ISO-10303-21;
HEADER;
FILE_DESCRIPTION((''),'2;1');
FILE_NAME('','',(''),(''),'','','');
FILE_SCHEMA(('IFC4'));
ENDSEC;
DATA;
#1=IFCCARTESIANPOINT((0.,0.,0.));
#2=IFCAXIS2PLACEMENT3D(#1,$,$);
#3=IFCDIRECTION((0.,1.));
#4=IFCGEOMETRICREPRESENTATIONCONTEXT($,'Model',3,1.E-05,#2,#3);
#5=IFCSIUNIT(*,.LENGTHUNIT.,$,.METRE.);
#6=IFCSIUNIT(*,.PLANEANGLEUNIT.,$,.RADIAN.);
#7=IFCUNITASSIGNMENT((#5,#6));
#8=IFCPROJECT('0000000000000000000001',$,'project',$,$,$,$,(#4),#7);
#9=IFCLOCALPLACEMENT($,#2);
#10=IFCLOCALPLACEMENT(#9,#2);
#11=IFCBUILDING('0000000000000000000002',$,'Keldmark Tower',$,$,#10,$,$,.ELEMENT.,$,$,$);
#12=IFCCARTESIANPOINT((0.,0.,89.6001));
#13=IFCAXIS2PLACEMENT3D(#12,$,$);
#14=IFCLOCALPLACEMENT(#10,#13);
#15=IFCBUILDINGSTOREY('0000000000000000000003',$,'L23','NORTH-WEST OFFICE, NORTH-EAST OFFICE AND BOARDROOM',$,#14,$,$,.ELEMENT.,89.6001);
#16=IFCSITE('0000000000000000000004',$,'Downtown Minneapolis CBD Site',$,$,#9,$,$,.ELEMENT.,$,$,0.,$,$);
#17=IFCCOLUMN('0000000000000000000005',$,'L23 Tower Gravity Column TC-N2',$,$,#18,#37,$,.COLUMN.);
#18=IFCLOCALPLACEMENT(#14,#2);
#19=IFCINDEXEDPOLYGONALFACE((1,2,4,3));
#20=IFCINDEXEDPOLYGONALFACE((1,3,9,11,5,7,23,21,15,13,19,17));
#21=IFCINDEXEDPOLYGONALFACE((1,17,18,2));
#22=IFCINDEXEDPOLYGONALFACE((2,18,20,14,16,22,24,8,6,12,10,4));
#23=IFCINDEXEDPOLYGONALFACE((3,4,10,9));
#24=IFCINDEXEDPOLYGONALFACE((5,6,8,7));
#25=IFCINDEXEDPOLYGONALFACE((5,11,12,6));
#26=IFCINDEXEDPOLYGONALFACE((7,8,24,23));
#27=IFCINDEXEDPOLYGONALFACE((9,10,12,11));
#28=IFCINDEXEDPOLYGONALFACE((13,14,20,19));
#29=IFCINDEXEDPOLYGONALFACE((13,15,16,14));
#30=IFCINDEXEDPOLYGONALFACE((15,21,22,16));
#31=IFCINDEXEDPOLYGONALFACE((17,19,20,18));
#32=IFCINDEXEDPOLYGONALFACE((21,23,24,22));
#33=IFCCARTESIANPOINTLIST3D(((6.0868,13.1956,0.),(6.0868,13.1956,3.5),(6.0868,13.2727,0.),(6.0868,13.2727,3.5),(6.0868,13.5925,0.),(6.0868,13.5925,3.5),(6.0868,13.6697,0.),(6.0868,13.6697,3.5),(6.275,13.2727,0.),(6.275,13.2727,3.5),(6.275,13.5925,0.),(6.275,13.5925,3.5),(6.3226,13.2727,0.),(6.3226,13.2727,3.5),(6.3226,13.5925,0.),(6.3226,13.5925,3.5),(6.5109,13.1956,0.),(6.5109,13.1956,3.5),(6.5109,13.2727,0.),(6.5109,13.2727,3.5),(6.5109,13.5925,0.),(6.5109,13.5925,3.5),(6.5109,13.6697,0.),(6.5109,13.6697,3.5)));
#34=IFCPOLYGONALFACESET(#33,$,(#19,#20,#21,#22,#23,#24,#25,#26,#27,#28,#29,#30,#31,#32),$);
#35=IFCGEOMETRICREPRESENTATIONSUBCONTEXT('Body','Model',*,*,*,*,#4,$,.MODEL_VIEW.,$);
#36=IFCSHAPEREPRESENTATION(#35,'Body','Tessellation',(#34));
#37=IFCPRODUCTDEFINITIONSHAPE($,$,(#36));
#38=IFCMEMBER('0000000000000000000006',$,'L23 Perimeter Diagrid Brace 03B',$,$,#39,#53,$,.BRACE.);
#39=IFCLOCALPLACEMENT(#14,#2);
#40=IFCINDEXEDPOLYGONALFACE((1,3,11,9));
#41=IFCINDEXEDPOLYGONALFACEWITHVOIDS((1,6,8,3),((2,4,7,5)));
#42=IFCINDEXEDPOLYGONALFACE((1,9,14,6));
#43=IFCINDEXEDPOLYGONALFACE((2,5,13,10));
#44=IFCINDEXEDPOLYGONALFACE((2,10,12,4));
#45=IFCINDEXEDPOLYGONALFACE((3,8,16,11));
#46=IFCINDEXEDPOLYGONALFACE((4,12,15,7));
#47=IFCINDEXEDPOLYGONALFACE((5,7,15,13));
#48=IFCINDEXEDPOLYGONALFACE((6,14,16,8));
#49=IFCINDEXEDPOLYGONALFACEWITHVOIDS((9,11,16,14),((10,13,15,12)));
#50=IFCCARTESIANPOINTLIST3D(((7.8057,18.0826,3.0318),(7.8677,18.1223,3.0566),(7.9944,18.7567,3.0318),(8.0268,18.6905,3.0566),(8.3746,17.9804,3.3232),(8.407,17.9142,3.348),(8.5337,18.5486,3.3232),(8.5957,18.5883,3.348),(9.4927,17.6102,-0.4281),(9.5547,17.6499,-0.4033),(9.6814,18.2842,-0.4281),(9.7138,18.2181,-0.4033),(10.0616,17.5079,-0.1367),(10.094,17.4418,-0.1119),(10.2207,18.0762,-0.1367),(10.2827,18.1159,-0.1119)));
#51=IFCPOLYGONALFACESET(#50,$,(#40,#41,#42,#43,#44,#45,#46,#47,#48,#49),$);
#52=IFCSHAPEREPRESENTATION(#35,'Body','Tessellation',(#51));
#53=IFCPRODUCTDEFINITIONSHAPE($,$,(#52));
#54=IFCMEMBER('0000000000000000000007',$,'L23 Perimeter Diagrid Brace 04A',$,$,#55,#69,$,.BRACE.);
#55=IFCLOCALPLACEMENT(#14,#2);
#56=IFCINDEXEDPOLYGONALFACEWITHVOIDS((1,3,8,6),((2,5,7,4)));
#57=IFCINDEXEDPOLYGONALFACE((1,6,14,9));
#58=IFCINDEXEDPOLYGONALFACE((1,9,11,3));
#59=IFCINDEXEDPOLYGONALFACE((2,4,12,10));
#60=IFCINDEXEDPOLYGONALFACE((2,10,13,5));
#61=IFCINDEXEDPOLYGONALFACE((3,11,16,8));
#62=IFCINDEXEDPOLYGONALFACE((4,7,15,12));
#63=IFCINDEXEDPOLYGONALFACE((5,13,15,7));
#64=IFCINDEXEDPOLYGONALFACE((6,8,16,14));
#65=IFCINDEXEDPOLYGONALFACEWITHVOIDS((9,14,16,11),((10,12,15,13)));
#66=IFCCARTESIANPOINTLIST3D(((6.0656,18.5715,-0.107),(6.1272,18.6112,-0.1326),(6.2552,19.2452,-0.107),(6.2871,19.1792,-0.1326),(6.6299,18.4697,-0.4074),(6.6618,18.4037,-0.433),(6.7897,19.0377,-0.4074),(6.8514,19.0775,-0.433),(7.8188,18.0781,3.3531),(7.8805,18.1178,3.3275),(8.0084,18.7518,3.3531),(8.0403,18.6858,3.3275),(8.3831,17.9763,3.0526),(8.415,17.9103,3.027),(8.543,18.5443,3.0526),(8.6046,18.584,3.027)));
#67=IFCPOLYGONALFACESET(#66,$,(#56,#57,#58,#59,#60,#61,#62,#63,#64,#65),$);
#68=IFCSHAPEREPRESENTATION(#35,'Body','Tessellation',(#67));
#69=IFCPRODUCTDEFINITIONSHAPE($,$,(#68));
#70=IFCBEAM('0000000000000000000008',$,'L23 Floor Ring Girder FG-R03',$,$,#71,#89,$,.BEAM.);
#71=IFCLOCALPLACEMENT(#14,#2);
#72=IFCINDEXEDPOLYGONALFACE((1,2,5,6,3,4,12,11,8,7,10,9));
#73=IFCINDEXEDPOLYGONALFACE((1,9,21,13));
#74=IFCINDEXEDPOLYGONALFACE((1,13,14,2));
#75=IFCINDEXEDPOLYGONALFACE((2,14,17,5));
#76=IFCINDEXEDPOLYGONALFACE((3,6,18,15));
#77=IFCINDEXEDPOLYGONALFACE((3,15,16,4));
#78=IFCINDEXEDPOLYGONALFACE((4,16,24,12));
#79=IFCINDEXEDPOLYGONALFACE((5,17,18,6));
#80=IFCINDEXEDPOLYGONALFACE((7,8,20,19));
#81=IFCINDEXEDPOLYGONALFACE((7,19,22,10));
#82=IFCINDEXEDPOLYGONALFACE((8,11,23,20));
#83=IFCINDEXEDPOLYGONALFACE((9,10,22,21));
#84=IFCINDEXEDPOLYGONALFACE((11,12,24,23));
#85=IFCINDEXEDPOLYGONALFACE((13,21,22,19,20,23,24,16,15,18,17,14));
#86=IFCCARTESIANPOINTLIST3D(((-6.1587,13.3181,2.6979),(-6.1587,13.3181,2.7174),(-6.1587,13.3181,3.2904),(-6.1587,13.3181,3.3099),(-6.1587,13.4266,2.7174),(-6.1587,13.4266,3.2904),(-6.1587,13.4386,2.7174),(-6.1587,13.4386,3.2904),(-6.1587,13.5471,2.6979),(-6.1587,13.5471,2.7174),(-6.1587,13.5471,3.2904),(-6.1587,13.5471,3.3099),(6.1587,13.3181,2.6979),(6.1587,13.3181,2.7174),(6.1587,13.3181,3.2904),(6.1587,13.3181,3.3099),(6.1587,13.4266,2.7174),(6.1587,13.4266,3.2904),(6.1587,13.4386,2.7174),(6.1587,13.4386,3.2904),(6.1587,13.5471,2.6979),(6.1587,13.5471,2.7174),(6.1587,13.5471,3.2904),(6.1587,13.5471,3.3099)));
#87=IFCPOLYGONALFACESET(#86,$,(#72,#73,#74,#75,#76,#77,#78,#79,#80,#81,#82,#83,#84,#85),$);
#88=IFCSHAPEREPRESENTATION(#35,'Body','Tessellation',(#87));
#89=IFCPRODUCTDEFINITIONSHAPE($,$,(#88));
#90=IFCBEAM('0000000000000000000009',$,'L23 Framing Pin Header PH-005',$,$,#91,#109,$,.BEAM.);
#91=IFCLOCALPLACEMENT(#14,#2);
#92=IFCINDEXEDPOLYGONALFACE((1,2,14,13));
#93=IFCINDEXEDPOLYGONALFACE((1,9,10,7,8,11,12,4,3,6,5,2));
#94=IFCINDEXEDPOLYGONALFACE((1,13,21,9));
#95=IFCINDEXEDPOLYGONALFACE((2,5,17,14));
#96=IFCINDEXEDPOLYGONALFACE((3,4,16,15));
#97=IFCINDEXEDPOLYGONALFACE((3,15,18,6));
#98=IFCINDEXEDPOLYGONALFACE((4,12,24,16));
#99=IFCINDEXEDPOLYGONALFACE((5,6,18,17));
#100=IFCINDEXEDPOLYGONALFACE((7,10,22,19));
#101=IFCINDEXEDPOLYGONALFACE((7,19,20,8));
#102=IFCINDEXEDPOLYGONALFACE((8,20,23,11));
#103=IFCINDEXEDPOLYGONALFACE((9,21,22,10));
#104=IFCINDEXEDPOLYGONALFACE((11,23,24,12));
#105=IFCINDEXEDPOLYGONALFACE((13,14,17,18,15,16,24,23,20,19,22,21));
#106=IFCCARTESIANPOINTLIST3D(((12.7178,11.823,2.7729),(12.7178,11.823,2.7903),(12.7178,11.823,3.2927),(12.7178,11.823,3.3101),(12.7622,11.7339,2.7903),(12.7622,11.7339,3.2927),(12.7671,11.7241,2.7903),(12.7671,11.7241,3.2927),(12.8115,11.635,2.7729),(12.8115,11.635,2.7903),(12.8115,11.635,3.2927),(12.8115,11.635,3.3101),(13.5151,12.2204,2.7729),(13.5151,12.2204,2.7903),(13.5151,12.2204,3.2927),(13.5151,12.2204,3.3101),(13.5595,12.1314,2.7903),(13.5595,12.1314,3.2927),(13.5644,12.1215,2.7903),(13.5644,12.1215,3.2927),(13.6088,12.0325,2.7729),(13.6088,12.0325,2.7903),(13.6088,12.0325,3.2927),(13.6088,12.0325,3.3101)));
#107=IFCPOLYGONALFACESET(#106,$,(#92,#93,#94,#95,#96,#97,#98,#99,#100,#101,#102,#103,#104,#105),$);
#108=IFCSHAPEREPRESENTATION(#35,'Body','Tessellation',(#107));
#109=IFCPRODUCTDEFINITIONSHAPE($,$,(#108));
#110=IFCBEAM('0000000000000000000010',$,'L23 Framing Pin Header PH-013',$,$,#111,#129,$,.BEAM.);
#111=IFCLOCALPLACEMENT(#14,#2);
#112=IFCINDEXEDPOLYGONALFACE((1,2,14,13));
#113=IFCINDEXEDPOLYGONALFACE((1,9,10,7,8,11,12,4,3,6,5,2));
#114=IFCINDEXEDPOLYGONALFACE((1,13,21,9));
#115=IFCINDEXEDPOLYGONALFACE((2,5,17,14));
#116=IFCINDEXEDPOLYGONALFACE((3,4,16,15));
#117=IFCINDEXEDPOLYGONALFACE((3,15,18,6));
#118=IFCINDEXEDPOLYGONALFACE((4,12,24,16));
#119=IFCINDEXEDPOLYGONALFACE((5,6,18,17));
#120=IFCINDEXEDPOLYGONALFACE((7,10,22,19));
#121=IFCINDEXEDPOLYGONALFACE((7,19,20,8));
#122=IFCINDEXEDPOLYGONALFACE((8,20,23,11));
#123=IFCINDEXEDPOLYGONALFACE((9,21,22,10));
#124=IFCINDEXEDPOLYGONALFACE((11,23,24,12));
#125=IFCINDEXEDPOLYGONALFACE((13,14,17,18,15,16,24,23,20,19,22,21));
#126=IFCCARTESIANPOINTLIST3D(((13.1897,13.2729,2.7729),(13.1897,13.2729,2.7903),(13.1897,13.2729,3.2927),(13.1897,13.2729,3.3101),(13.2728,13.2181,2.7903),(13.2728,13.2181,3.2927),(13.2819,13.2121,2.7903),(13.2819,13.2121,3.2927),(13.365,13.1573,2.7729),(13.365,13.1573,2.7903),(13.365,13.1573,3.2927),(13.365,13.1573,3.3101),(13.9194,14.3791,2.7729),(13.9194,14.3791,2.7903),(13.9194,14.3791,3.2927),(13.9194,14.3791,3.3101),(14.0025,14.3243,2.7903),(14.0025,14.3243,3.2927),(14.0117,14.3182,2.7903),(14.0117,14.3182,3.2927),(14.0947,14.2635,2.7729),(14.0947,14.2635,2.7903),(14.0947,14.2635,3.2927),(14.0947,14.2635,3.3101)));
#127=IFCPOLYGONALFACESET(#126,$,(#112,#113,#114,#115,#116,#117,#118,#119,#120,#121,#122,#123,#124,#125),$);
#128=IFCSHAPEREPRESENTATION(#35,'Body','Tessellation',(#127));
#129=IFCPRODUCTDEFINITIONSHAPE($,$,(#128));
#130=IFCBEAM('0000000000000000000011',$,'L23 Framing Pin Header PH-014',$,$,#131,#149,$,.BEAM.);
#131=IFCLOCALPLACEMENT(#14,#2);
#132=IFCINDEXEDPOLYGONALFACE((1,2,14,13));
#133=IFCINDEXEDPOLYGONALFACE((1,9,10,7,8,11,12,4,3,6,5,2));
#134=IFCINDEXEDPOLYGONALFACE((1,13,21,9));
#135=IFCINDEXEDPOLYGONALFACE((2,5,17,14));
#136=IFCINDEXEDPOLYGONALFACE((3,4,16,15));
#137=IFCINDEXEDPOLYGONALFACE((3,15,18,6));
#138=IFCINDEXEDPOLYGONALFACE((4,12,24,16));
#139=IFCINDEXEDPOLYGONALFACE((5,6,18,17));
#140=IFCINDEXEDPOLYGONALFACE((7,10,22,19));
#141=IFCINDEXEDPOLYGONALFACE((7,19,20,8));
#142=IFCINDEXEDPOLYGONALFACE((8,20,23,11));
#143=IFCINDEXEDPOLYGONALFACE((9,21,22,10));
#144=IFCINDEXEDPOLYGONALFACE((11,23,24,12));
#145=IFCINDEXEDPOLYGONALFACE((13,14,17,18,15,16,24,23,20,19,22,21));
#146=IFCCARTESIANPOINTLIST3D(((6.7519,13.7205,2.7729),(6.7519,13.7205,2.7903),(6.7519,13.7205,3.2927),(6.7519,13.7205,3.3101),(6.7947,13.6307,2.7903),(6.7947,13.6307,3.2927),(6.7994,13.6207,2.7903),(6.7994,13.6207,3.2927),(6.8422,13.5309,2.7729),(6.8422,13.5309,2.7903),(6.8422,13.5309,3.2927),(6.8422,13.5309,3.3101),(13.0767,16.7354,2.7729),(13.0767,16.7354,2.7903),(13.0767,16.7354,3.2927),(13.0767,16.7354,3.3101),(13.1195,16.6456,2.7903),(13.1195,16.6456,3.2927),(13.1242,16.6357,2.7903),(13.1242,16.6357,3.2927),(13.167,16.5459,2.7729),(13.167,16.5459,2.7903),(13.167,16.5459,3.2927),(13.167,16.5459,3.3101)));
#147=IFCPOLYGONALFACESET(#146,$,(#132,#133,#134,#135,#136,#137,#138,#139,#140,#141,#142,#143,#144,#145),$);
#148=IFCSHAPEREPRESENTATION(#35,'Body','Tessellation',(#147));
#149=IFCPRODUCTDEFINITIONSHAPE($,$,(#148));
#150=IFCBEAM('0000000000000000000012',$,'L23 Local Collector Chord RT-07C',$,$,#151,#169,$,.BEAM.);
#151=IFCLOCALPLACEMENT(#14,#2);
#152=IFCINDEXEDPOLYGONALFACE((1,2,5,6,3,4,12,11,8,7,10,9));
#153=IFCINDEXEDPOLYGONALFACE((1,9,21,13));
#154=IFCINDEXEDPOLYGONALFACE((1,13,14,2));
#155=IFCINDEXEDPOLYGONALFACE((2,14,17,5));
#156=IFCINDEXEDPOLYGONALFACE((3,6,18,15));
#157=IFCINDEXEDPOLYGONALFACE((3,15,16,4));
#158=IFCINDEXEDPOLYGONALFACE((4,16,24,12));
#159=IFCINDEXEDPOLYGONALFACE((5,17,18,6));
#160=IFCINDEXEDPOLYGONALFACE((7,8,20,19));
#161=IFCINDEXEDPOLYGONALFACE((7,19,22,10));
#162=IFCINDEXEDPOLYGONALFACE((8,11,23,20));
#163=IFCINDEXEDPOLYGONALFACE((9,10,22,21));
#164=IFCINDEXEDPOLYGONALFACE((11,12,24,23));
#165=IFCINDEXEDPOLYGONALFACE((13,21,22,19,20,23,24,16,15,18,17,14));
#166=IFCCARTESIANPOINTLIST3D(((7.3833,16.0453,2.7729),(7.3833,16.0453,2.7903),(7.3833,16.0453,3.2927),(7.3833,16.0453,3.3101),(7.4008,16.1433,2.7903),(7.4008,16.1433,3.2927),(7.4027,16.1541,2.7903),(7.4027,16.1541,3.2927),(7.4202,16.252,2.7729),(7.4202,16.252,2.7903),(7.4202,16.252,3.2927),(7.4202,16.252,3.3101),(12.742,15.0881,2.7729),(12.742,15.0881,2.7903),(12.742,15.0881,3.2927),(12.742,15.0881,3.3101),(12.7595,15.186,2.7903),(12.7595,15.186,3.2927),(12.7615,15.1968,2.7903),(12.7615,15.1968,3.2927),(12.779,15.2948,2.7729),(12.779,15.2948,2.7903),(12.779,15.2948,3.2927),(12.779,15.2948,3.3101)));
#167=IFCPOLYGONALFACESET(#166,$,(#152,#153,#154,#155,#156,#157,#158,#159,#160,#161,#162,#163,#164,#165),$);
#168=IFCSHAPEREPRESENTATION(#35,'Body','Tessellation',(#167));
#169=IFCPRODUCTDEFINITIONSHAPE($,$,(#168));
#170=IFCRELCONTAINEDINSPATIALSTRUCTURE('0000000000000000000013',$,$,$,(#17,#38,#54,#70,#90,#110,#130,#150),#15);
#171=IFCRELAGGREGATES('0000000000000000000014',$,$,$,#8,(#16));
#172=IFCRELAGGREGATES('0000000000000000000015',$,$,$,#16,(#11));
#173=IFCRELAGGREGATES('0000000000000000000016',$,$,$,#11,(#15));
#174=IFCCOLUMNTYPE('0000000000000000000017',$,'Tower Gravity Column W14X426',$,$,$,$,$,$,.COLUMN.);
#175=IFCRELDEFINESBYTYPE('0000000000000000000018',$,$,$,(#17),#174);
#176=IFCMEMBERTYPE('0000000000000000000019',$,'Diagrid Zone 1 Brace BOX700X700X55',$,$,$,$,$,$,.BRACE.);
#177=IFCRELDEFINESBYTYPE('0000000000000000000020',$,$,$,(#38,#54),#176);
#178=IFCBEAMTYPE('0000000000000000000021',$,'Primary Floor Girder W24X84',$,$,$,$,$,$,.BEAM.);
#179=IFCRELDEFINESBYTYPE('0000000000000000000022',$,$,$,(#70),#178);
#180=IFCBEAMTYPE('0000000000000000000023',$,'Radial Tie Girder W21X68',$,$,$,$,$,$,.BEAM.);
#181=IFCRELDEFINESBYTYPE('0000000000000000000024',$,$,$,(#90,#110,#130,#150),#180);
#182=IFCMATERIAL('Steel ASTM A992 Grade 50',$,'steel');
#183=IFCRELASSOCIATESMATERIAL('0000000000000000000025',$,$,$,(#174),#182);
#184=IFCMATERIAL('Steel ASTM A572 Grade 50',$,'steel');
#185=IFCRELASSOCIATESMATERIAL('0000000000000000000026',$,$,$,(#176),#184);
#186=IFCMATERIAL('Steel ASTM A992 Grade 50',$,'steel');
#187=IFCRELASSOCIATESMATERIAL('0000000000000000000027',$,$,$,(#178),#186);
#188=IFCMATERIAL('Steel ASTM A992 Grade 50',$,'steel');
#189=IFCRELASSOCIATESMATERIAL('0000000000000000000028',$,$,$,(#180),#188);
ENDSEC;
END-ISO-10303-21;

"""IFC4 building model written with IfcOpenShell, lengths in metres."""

from ifc_helpers import new_model, si_unit, direction, frame, origin, origin_2d, place, context, subcontext, project, spatial, hollow_rectangle, i_section, extrude, material, material_profile, profile_set, type_object, element, save


model = new_model("IFC4")

# Units and contexts
model_context = context("Model", 3, precision=1e-05, world=origin(), true_north=direction((0.0, 1.0)))
body_context = subcontext(model_context, "Body", "Model", "MODEL_VIEW")
ifc_project = project(units=[si_unit("LENGTHUNIT", "METRE"), si_unit("PLANEANGLEUNIT", "RADIAN")], contexts=[model_context])

# Site, building, storey
site_placement = place(None, origin())
site = spatial("IfcSite", under=ifc_project, at=site_placement, Name="Downtown Minneapolis CBD Site", CompositionType="ELEMENT", RefElevation=0.0)
building_placement = place(site_placement, origin())
building = spatial("IfcBuilding", under=site, at=building_placement, Name="Keldmark Tower", CompositionType="ELEMENT")
storey_placement = place(building_placement, frame((0.0, 0.0, 89.6001)))
storey = spatial("IfcBuildingStorey", under=building, at=storey_placement, Name="L23", Description="NORTH-WEST OFFICE, NORTH-EAST OFFICE AND BOARDROOM", CompositionType="ELEMENT", Elevation=89.6001)

# Column
ifc_material_1 = material(Name="Steel ASTM A992 Grade 50", Category="steel")
ifc_material_profile_1 = material_profile(ifc_material_1, i_section(OverallWidth=0.4241, OverallDepth=0.4741, WebThickness=0.0476, FlangeThickness=0.0771, at=origin_2d()), Name="W14X426")
ifc_profile_set_1 = profile_set([ifc_material_profile_1], Name="Steel ASTM A992 Grade 50")
column_type = type_object("IfcColumnType", Name="Tower Gravity Column W14X426", PredefinedType="COLUMN", material=ifc_profile_set_1)
column_placement = place(storey_placement, frame((6.2988, 13.4326, 0.0), z_axis=(0.0, 0.0, 1.0), x_axis=(1.0, 0.0, 0.0)))
element("IfcColumn", 1, at=column_placement, inside=storey, type_object=column_type, Name="L23 Tower Gravity Column TC-N2", PredefinedType="COLUMN", context=body_context, shape_type="SweptSolid", body=[
    extrude(i_section(OverallWidth=0.4241, OverallDepth=0.4741, WebThickness=0.0476, FlangeThickness=0.0771, at=origin_2d()), origin(), (0.0, 0.0, 1.0), 3.5),
])

# Members
ifc_material_2 = material(Name="Steel ASTM A572 Grade 50", Category="steel")
ifc_material_profile_2 = material_profile(ifc_material_2, hollow_rectangle(XDim=0.7, YDim=0.7, WallThickness=0.0549, at=origin_2d()), Name="BOX700X700X55")
ifc_profile_set_2 = profile_set([ifc_material_profile_2], Name="Steel ASTM A572 Grade 50")
member_type = type_object("IfcMemberType", Name="Diagrid Zone 1 Brace BOX700X700X55", PredefinedType="BRACE", material=ifc_profile_set_2)
member_1_placement = place(storey_placement, frame((9.8877, 17.863, -0.27), z_axis=(-0.434998, 0.121812, 0.892154), x_axis=(-0.269656, -0.962957, 0.0)))
element("IfcMember", 2, at=member_1_placement, inside=storey, type_object=member_type, Name="L23 Perimeter Diagrid Brace 03B", PredefinedType="BRACE", context=body_context, shape_type="SweptSolid", body=[
    extrude(hollow_rectangle(XDim=0.7, YDim=0.7, WallThickness=0.0549, at=origin_2d()), origin(), (0.0, 0.0, 1.0), 3.8782),
])
member_2_placement = place(storey_placement, frame((6.4585, 18.8245, -0.27), z_axis=(0.448378, -0.12619, 0.884892), x_axis=(0.270912, 0.962604, 0.0)))
element("IfcMember", 3, at=member_2_placement, inside=storey, type_object=member_type, Name="L23 Perimeter Diagrid Brace 04A", PredefinedType="BRACE", context=body_context, shape_type="SweptSolid", body=[
    extrude(hollow_rectangle(XDim=0.7, YDim=0.7, WallThickness=0.0549, at=origin_2d()), origin(), (0.0, 0.0, 1.0), 3.9102),
])

# Beams
ifc_material_3 = material(Name="Steel ASTM A992 Grade 50", Category="steel")
ifc_material_profile_3 = material_profile(ifc_material_3, i_section(OverallWidth=0.229, OverallDepth=0.6121, WebThickness=0.012, FlangeThickness=0.0195, at=origin_2d()), Name="W24X84")
ifc_profile_set_3 = profile_set([ifc_material_profile_3], Name="Steel ASTM A992 Grade 50")
beam_type_1 = type_object("IfcBeamType", Name="Primary Floor Girder W24X84", PredefinedType="BEAM", material=ifc_profile_set_3)
beam_1_placement = place(storey_placement, frame((6.1587, 13.4326, 3.0039), z_axis=(-1.0, 0.0, 0.0), x_axis=(0.0, -1.0, 0.0)))
element("IfcBeam", 4, at=beam_1_placement, inside=storey, type_object=beam_type_1, Name="L23 Floor Ring Girder FG-R03", PredefinedType="BEAM", context=body_context, shape_type="SweptSolid", body=[
    extrude(i_section(OverallWidth=0.229, OverallDepth=0.6121, WebThickness=0.012, FlangeThickness=0.0195, at=origin_2d()), origin(), (0.0, 0.0, 1.0), 12.3174),
])
ifc_material_4 = material(Name="Steel ASTM A992 Grade 50", Category="steel")
ifc_material_profile_4 = material_profile(ifc_material_4, i_section(OverallWidth=0.21, OverallDepth=0.5371, WebThickness=0.011, FlangeThickness=0.0173, at=origin_2d()), Name="W21X68")
ifc_profile_set_4 = profile_set([ifc_material_profile_4], Name="Steel ASTM A992 Grade 50")
beam_type_2 = type_object("IfcBeamType", Name="Radial Tie Girder W21X68", PredefinedType="BEAM", material=ifc_profile_set_4)
beam_2_placement = place(storey_placement, frame((12.7646, 11.729, 3.0415), z_axis=(0.894975, 0.446117, 0.0), x_axis=(-0.446117, 0.894975, 0.0)))
element("IfcBeam", 5, at=beam_2_placement, inside=storey, type_object=beam_type_2, Name="L23 Framing Pin Header PH-005", PredefinedType="BEAM", context=body_context, shape_type="SweptSolid", body=[
    extrude(i_section(OverallWidth=0.21, OverallDepth=0.5371, WebThickness=0.011, FlangeThickness=0.0173, at=origin_2d()), origin(), (0.0, 0.0, 1.0), 0.8909),
])
beam_3_placement = place(storey_placement, frame((13.2773, 13.2151, 3.0415), z_axis=(0.550655, 0.834733, 0.0), x_axis=(-0.834733, 0.550655, 0.0)))
element("IfcBeam", 6, at=beam_3_placement, inside=storey, type_object=beam_type_2, Name="L23 Framing Pin Header PH-013", PredefinedType="BEAM", context=body_context, shape_type="SweptSolid", body=[
    extrude(i_section(OverallWidth=0.21, OverallDepth=0.5371, WebThickness=0.011, FlangeThickness=0.0173, at=origin_2d()), origin(), (0.0, 0.0, 1.0), 1.3252),
])
beam_4_placement = place(storey_placement, frame((13.1218, 16.6406, 3.0415), z_axis=(-0.902687, -0.430297, 0.0), x_axis=(0.430297, -0.902687, 0.0)))
element("IfcBeam", 7, at=beam_4_placement, inside=storey, type_object=beam_type_2, Name="L23 Framing Pin Header PH-014", PredefinedType="BEAM", context=body_context, shape_type="SweptSolid", body=[
    extrude(i_section(OverallWidth=0.21, OverallDepth=0.5371, WebThickness=0.011, FlangeThickness=0.0173, at=origin_2d()), origin(), (0.0, 0.0, 1.0), 7.0066),
])
beam_5_placement = place(storey_placement, frame((12.7605, 15.1914, 3.0415), z_axis=(-0.984417, 0.17585, 0.0), x_axis=(-0.17585, -0.984417, 0.0)))
element("IfcBeam", 8, at=beam_5_placement, inside=storey, type_object=beam_type_2, Name="L23 Local Collector Chord RT-07C", PredefinedType="BEAM", context=body_context, shape_type="SweptSolid", body=[
    extrude(i_section(OverallWidth=0.21, OverallDepth=0.5371, WebThickness=0.011, FlangeThickness=0.0173, at=origin_2d()), origin(), (0.0, 0.0, 1.0), 5.4436),
])

save(model, "model.ifc")
